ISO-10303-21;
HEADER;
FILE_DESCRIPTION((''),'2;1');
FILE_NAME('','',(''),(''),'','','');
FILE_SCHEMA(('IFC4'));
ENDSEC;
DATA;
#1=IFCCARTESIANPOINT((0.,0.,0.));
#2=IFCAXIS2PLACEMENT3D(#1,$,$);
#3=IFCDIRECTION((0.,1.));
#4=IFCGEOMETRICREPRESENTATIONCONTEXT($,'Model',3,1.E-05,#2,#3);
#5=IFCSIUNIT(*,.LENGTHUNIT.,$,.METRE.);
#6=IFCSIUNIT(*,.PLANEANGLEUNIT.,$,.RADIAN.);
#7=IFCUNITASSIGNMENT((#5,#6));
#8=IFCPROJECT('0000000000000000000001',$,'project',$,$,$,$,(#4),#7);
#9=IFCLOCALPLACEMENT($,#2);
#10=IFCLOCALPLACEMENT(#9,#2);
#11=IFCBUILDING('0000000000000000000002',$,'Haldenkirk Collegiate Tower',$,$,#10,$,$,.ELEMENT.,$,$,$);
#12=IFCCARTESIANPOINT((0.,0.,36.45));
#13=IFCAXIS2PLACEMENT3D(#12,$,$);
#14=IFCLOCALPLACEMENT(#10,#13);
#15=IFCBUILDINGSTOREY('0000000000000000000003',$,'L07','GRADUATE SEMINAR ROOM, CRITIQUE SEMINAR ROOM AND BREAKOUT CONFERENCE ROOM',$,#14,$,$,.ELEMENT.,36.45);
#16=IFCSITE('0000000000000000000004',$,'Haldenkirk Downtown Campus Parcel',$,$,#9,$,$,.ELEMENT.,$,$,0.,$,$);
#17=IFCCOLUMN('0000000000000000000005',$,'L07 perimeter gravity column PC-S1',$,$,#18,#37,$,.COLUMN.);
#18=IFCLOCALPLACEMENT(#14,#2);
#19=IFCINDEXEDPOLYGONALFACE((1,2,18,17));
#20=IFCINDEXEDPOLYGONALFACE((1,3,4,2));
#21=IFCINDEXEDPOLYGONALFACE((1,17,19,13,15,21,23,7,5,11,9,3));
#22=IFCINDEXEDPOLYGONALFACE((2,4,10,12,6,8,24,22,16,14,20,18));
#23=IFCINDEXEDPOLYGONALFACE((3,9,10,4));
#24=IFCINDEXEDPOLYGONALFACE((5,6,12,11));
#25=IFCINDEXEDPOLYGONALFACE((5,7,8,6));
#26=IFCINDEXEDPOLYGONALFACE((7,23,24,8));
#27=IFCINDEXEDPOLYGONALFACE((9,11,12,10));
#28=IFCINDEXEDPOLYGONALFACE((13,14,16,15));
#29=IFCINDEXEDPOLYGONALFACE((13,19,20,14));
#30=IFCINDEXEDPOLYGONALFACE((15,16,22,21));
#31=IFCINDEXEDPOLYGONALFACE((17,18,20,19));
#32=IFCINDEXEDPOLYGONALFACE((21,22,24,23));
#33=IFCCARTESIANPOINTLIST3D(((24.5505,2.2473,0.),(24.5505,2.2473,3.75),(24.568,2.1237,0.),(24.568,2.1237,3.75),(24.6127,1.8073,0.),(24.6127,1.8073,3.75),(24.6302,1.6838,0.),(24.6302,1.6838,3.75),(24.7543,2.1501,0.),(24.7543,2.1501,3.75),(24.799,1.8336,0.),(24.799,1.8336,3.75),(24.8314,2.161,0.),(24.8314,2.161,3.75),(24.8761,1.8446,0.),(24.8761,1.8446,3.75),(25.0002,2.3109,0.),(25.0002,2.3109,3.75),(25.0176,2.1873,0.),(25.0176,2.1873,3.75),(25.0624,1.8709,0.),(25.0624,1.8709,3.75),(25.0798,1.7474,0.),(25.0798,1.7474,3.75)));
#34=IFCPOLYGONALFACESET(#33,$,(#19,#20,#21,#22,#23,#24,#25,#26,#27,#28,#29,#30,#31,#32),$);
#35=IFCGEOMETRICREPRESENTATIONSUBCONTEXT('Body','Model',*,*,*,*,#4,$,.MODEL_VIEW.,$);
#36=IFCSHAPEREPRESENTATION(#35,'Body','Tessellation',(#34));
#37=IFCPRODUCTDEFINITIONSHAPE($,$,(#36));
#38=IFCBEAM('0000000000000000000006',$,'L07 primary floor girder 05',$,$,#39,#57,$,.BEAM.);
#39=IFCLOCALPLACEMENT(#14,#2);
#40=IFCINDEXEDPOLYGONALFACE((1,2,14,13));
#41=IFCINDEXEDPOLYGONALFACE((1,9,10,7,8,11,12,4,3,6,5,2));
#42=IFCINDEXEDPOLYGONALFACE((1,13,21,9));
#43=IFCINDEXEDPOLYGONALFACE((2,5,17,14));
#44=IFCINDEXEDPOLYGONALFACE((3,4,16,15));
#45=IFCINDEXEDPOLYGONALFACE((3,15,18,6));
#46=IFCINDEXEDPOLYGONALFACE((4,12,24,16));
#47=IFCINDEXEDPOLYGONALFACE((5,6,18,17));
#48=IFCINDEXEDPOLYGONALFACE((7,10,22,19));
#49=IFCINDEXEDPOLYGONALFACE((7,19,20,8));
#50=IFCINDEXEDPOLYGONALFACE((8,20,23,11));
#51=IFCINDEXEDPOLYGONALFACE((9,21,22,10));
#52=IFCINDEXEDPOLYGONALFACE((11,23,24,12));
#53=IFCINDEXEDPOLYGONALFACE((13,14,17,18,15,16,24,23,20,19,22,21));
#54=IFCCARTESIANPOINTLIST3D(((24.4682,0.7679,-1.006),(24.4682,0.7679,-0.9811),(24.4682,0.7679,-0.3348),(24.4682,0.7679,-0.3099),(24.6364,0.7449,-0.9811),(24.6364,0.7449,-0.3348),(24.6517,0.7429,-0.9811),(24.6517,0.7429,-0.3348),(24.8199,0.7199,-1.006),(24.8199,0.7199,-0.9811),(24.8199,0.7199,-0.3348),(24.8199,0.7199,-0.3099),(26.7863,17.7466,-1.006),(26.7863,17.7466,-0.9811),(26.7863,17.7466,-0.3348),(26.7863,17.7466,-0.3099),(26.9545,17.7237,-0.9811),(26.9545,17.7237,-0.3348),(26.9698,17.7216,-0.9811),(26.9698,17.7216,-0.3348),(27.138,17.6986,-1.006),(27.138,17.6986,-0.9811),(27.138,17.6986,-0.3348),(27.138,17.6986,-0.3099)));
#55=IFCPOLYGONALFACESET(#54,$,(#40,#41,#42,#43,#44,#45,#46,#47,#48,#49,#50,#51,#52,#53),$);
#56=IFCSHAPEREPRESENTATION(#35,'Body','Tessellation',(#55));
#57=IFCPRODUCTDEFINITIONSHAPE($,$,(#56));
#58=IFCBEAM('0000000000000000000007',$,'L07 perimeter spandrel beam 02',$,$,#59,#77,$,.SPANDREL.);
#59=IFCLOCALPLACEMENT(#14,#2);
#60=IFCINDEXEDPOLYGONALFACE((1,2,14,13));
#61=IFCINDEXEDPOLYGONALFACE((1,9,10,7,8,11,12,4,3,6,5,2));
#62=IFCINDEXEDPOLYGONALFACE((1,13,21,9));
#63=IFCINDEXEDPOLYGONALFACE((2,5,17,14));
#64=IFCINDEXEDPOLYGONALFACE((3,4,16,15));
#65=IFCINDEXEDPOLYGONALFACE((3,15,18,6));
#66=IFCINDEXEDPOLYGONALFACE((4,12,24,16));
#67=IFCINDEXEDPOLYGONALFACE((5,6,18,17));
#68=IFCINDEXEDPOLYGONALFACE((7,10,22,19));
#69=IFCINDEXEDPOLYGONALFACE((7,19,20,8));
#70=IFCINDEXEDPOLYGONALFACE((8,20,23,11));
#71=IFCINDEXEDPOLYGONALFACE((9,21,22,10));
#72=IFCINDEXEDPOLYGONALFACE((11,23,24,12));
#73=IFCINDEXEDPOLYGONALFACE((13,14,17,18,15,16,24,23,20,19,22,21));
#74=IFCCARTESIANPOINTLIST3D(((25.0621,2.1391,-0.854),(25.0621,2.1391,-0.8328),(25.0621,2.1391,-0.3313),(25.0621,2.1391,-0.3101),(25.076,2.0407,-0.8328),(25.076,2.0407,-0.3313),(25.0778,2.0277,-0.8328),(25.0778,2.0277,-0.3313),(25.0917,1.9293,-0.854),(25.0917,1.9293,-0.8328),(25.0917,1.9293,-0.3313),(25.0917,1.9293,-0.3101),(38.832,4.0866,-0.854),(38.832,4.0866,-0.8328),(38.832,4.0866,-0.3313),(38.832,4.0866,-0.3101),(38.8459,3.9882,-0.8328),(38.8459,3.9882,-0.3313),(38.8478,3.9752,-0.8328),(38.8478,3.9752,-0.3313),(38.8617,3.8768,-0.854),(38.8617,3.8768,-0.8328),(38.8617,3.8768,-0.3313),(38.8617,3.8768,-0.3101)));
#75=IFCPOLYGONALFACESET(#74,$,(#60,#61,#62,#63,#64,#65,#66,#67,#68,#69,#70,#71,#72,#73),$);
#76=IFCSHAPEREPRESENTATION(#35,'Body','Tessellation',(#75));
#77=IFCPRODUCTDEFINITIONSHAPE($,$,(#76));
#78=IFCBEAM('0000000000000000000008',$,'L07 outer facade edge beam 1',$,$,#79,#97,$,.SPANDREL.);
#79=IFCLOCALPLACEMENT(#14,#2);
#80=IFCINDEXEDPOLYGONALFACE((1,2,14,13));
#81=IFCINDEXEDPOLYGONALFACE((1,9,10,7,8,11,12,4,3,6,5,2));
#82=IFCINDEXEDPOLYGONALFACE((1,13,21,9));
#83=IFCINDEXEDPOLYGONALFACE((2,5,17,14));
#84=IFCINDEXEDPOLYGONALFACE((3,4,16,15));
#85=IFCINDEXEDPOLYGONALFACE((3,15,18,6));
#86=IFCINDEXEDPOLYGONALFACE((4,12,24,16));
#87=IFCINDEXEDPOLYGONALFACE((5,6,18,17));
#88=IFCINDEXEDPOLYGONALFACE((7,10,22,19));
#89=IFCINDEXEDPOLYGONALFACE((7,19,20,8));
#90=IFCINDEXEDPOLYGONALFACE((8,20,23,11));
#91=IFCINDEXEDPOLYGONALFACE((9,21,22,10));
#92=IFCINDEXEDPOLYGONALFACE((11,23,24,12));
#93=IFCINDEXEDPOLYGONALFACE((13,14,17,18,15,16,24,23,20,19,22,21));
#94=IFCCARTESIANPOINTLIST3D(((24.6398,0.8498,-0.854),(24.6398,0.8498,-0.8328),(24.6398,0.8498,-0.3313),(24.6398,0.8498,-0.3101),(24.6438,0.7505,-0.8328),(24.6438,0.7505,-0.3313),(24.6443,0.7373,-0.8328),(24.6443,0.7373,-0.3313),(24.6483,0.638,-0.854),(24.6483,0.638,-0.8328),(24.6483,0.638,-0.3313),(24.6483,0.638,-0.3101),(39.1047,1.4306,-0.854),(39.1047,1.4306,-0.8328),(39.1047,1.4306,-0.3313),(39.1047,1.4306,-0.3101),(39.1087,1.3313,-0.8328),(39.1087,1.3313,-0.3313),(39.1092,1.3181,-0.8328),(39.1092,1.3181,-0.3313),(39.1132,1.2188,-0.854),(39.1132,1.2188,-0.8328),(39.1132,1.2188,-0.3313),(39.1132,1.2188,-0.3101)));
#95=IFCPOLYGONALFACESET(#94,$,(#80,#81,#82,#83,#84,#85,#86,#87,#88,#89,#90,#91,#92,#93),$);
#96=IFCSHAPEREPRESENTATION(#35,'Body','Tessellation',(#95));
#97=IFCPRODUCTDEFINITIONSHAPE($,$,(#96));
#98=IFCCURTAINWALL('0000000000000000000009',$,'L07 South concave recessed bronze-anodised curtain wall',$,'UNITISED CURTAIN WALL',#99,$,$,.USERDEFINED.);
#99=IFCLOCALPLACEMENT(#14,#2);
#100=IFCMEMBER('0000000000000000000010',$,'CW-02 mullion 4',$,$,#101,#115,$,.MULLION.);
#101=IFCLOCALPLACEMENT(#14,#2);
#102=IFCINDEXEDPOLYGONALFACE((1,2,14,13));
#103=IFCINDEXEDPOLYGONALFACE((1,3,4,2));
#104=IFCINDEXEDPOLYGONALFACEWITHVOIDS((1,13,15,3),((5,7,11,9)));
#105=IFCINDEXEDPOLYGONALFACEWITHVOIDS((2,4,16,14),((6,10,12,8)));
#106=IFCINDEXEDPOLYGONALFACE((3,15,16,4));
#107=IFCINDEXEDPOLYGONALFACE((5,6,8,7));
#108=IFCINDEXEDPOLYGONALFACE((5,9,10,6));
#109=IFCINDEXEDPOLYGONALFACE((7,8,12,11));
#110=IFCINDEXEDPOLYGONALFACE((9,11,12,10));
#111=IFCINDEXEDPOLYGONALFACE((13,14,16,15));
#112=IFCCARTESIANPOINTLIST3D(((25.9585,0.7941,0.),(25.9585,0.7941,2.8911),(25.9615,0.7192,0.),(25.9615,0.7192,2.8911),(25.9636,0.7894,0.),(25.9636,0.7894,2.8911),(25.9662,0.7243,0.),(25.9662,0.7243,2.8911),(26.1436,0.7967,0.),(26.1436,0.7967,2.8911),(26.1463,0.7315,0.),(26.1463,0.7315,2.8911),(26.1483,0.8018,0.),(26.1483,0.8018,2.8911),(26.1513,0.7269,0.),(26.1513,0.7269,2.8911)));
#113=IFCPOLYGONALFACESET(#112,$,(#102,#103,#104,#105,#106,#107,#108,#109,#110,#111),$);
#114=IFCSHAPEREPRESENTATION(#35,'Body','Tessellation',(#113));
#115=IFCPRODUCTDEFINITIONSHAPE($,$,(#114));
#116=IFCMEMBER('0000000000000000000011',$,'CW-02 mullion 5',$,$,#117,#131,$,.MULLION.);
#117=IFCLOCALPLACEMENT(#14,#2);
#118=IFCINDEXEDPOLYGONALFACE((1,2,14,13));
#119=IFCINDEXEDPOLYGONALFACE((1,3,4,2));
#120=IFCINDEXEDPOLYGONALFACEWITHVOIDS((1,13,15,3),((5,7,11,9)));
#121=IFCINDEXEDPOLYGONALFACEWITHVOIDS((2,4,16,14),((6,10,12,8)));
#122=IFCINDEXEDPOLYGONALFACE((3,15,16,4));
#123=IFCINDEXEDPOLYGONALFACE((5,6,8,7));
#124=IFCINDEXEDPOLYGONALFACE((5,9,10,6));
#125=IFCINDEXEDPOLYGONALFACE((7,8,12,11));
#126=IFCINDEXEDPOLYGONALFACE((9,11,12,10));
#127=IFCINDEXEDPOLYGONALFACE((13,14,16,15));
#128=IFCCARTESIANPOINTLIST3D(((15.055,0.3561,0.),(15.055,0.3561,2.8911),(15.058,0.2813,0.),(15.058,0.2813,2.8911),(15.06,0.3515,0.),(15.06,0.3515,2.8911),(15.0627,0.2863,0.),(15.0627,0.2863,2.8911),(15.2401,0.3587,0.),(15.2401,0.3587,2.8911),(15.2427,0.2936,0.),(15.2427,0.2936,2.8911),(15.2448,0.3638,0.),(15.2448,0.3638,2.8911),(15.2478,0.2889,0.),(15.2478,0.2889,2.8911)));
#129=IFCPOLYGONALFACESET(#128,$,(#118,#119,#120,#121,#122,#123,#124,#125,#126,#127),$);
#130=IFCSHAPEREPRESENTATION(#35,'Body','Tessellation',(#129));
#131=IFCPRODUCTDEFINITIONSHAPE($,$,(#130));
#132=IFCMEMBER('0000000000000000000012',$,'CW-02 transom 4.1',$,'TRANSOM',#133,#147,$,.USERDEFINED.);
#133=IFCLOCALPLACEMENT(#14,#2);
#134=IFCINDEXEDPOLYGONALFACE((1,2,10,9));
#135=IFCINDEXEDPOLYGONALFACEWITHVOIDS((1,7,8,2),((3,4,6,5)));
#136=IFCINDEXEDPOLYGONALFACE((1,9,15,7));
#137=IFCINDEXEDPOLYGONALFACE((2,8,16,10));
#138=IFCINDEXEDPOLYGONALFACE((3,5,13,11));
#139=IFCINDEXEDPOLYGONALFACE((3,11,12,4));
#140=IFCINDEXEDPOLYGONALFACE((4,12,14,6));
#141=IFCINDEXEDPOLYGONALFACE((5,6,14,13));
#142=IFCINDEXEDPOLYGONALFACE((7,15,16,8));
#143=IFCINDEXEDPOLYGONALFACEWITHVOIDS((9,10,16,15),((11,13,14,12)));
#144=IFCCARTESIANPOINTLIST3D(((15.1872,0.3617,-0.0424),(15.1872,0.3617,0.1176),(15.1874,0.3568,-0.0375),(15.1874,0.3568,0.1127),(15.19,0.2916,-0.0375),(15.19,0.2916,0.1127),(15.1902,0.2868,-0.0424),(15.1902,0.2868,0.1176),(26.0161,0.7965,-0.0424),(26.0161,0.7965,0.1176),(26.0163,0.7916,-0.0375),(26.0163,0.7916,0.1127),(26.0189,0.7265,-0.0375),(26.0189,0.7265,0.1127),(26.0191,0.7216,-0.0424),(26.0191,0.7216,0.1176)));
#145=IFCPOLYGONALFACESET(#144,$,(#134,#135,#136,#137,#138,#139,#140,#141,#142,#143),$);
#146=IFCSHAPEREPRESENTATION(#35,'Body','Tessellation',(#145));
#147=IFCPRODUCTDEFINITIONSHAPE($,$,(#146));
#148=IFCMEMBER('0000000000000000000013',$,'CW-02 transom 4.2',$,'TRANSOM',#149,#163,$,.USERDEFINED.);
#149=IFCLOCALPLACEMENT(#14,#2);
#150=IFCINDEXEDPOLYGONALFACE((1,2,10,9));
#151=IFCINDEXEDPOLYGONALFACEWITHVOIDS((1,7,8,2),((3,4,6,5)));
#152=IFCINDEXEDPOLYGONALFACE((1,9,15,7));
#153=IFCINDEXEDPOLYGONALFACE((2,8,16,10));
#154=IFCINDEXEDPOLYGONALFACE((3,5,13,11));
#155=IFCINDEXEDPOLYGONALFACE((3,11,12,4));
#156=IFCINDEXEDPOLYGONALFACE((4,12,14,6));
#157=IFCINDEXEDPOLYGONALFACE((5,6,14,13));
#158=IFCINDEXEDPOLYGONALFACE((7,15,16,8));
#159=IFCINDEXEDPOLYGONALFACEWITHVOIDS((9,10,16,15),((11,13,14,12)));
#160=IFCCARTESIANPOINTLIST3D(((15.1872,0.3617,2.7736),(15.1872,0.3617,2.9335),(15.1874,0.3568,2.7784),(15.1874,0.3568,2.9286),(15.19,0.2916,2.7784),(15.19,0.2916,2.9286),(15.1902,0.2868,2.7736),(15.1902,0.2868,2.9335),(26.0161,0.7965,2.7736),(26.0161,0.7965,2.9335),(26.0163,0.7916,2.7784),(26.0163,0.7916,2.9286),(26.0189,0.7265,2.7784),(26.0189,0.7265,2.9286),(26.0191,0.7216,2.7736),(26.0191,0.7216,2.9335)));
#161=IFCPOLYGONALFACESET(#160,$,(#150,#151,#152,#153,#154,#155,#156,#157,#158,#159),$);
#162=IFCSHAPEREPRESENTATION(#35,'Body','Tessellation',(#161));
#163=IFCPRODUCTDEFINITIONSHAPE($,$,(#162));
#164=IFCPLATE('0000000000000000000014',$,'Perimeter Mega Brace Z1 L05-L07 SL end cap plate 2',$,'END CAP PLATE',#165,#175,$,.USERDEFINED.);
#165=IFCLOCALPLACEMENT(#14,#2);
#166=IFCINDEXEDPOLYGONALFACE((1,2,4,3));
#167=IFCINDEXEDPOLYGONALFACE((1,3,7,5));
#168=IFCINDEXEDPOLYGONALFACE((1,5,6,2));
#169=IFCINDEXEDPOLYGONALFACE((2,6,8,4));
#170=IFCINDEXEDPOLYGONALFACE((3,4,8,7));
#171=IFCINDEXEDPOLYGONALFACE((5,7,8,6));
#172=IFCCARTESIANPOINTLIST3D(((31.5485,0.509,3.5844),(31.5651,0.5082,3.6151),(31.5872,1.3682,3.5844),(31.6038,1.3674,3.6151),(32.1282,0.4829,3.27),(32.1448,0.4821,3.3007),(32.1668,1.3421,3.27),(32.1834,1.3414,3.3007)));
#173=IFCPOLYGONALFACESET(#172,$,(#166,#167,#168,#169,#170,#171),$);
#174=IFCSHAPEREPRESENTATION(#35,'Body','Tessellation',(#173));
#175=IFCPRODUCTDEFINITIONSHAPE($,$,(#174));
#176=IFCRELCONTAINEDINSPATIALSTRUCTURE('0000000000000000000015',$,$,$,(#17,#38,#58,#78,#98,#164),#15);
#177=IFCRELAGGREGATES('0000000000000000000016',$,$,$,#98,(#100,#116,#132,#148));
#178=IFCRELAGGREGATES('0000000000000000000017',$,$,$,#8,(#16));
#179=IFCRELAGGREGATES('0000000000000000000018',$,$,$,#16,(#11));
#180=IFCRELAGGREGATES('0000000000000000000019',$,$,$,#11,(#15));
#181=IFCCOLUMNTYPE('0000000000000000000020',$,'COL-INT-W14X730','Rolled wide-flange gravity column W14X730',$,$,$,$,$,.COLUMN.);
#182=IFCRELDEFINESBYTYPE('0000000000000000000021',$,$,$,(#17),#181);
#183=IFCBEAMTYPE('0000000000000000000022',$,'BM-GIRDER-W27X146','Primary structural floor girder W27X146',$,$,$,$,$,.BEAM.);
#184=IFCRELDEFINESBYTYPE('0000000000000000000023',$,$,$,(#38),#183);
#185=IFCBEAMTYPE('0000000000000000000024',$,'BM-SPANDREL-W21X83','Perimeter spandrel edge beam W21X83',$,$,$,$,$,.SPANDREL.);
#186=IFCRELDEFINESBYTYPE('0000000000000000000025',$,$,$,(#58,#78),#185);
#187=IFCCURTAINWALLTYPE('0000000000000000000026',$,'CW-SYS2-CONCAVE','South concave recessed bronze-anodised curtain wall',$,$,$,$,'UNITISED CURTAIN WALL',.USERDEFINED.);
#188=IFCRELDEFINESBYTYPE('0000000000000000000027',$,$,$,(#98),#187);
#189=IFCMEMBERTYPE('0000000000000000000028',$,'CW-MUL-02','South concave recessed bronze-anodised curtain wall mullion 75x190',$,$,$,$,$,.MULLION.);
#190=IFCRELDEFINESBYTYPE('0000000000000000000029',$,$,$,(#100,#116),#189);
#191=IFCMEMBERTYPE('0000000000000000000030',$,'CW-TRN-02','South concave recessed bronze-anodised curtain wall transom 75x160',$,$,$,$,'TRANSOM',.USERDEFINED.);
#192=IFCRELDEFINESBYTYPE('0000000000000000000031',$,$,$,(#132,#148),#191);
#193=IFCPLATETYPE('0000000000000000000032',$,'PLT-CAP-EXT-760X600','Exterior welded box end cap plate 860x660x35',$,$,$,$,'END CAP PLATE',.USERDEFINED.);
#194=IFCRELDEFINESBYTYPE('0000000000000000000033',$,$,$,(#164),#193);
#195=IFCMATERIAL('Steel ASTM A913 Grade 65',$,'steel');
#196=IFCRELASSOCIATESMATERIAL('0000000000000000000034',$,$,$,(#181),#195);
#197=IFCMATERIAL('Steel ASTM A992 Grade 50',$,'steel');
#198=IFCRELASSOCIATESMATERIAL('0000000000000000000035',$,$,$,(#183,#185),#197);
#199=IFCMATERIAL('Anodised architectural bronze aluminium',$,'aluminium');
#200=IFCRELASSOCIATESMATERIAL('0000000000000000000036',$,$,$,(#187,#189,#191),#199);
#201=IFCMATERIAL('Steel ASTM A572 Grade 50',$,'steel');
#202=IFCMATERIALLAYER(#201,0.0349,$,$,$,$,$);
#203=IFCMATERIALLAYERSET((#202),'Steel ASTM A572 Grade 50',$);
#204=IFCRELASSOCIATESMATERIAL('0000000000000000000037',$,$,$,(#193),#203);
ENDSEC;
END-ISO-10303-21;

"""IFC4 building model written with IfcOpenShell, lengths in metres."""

from ifc_helpers import new_model, si_unit, direction, frame, origin, origin_2d, place, context, subcontext, project, spatial, rectangle, hollow_rectangle, i_section, extrude, source, transform, mapped, material, layer, layer_set, material_profile, profile_set, type_object, element, aggregate, save


model = new_model("IFC4")

# Units and contexts
model_context = context("Model", 3, precision=1e-05, world=origin(), true_north=direction((0.0, 1.0)))
body_context = subcontext(model_context, "Body", "Model", "MODEL_VIEW")
ifc_project = project(units=[si_unit("LENGTHUNIT", "METRE"), si_unit("PLANEANGLEUNIT", "RADIAN")], contexts=[model_context])

# Site, building, storey
site_placement = place(None, origin())
site = spatial("IfcSite", under=ifc_project, at=site_placement, Name="Haldenkirk Downtown Campus Parcel", CompositionType="ELEMENT", RefElevation=0.0)
building_placement = place(site_placement, origin())
building = spatial("IfcBuilding", under=site, at=building_placement, Name="Haldenkirk Collegiate Tower", CompositionType="ELEMENT")
storey_placement = place(building_placement, frame((0.0, 0.0, 36.45)))
storey = spatial("IfcBuildingStorey", under=building, at=storey_placement, Name="L07", Description="GRADUATE SEMINAR ROOM, CRITIQUE SEMINAR ROOM AND BREAKOUT CONFERENCE ROOM", CompositionType="ELEMENT", Elevation=36.45)

# Column
ifc_material_1 = material(Name="Steel ASTM A913 Grade 65", Category="steel")
ifc_material_profile_1 = material_profile(ifc_material_1, i_section(OverallWidth=0.4541, OverallDepth=0.5691, WebThickness=0.0779, FlangeThickness=0.1248, at=origin_2d()), Name="W14X730")
ifc_profile_set_1 = profile_set([ifc_material_profile_1], Name="Steel ASTM A913 Grade 65")
column_type = type_object("IfcColumnType", Name="COL-INT-W14X730", Description="Rolled wide-flange gravity column W14X730", PredefinedType="COLUMN", material=ifc_profile_set_1)
column_placement = place(storey_placement, frame((24.8152, 1.9973, 0.0), z_axis=(0.0, 0.0, 1.0), x_axis=(0.990146, 0.140037, 0.0)))
element("IfcColumn", 1, at=column_placement, inside=storey, type_object=column_type, Name="L07 perimeter gravity column PC-S1", PredefinedType="COLUMN", context=body_context, shape_type="SweptSolid", body=[
    extrude(i_section(OverallWidth=0.4541, OverallDepth=0.5691, WebThickness=0.0779, FlangeThickness=0.1248, at=origin_2d()), origin(), (0.0, 0.0, 1.0), 3.75),
])

# Beams
ifc_material_2 = material(Name="Steel ASTM A992 Grade 50", Category="steel")
ifc_material_profile_2 = material_profile(ifc_material_2, i_section(OverallWidth=0.355, OverallDepth=0.696, WebThickness=0.0154, FlangeThickness=0.0249, at=origin_2d()), Name="W27X146")
ifc_profile_set_2 = profile_set([ifc_material_profile_2], Name="Steel ASTM A992 Grade 50")
beam_type_1 = type_object("IfcBeamType", Name="BM-GIRDER-W27X146", Description="Primary structural floor girder W27X146", PredefinedType="BEAM", material=ifc_profile_set_2)
beam_1_placement = place(storey_placement, frame((24.644, 0.7439, -0.658), z_axis=(0.135275, 0.990808, 0.0), x_axis=(-0.990808, 0.135275, 0.0)))
element("IfcBeam", 2, at=beam_1_placement, inside=storey, type_object=beam_type_1, Name="L07 primary floor girder 05", PredefinedType="BEAM", context=body_context, shape_type="SweptSolid", body=[
    extrude(i_section(OverallWidth=0.355, OverallDepth=0.696, WebThickness=0.0154, FlangeThickness=0.0249, at=origin_2d()), origin(), (0.0, 0.0, 1.0), 17.1362),
])
ifc_material_profile_3 = material_profile(ifc_material_2, i_section(OverallWidth=0.2119, OverallDepth=0.5439, WebThickness=0.0132, FlangeThickness=0.0212, at=origin_2d()), Name="W21X83")
ifc_profile_set_3 = profile_set([ifc_material_profile_3], Name="Steel ASTM A992 Grade 50")
beam_type_2 = type_object("IfcBeamType", Name="BM-SPANDREL-W21X83", Description="Perimeter spandrel edge beam W21X83", PredefinedType="SPANDREL", material=ifc_profile_set_3)
beam_2_placement = place(storey_placement, frame((25.0769, 2.0342, -0.582), z_axis=(0.990146, 0.140038, 0.0), x_axis=(-0.140038, 0.990146, 0.0)))
element("IfcBeam", 3, at=beam_2_placement, inside=storey, type_object=beam_type_2, Name="L07 perimeter spandrel beam 02", PredefinedType="SPANDREL", context=body_context, shape_type="SweptSolid", body=[
    extrude(i_section(OverallWidth=0.2119, OverallDepth=0.5439, WebThickness=0.0132, FlangeThickness=0.0212, at=origin_2d()), origin(), (0.0, 0.0, 1.0), 13.907),
])
beam_3_placement = place(storey_placement, frame((24.644, 0.7439, -0.582), z_axis=(0.999195, 0.040121, 0.0), x_axis=(-0.040121, 0.999195, 0.0)))
element("IfcBeam", 4, at=beam_3_placement, inside=storey, type_object=beam_type_2, Name="L07 outer facade edge beam 1", PredefinedType="SPANDREL", context=body_context, shape_type="SweptSolid", body=[
    extrude(i_section(OverallWidth=0.2119, OverallDepth=0.5439, WebThickness=0.0132, FlangeThickness=0.0212, at=origin_2d()), origin(), (0.0, 0.0, 1.0), 14.4766),
])

# Curtain wall, members
ifc_material_3 = material(Name="Anodised architectural bronze aluminium", Category="aluminium")
curtain_wall_type = type_object("IfcCurtainWallType", Name="CW-SYS2-CONCAVE", Description="South concave recessed bronze-anodised curtain wall", ElementType="UNITISED CURTAIN WALL", PredefinedType="USERDEFINED", material=ifc_material_3)
curtain_wall_placement = place(storey_placement, origin())
curtain_wall = element("IfcCurtainWall", 5, at=curtain_wall_placement, inside=storey, type_object=curtain_wall_type, Name="L07 South concave recessed bronze-anodised curtain wall", ObjectType="UNITISED CURTAIN WALL", PredefinedType="USERDEFINED")
ifc_material_profile_4 = material_profile(ifc_material_3, hollow_rectangle(XDim=0.075, YDim=0.1899, WallThickness=0.0049, at=origin_2d()), Name="CW-MUL-02")
ifc_profile_set_4 = profile_set([ifc_material_profile_4], Name="Anodised architectural bronze aluminium")
member_type_1 = type_object("IfcMemberType", Name="CW-MUL-02", Description="South concave recessed bronze-anodised curtain wall mullion 75x190", PredefinedType="MULLION", material=ifc_profile_set_4)
member_1_placement = place(storey_placement, frame((26.0549, 0.7605, 0.0), z_axis=(0.0, 0.0, 1.0), x_axis=(0.040133, -0.999194, 0.0)))
member_1 = element("IfcMember", 6, at=member_1_placement, type_object=member_type_1, Name="CW-02 mullion 4", PredefinedType="MULLION", context=body_context, shape_type="SweptSolid", body=[
    extrude(hollow_rectangle(XDim=0.075, YDim=0.1899, WallThickness=0.0049, at=origin_2d()), origin(), (0.0, 0.0, 1.0), 2.8911),
])
member_2_placement = place(storey_placement, frame((15.1514, 0.3225, 0.0), z_axis=(0.0, 0.0, 1.0), x_axis=(0.040133, -0.999194, 0.0)))
member_2 = element("IfcMember", 7, at=member_2_placement, type_object=member_type_1, Name="CW-02 mullion 5", PredefinedType="MULLION", context=body_context, shape_type="SweptSolid", body=[
    extrude(hollow_rectangle(XDim=0.075, YDim=0.1899, WallThickness=0.0049, at=origin_2d()), origin(), (0.0, 0.0, 1.0), 2.8911),
])
ifc_material_profile_5 = material_profile(ifc_material_3, hollow_rectangle(XDim=0.075, YDim=0.1599, WallThickness=0.0049, at=origin_2d()), Name="CW-TRN-02")
ifc_profile_set_5 = profile_set([ifc_material_profile_5], Name="Anodised architectural bronze aluminium")
member_type_2 = type_object("IfcMemberType", Name="CW-TRN-02", Description="South concave recessed bronze-anodised curtain wall transom 75x160", ElementType="TRANSOM", PredefinedType="USERDEFINED", material=ifc_profile_set_5)
member_3_placement = place(storey_placement, frame((26.0176, 0.759, 0.0376), z_axis=(-0.999195, -0.040121, 0.0), x_axis=(0.040121, -0.999195, 0.0)))
member_3 = element("IfcMember", 8, at=member_3_placement, type_object=member_type_2, Name="CW-02 transom 4.1", ObjectType="TRANSOM", PredefinedType="USERDEFINED", context=body_context, shape_type="SweptSolid", body=[
    extrude(hollow_rectangle(XDim=0.075, YDim=0.1599, WallThickness=0.0049, at=origin_2d()), origin(), (0.0, 0.0, 1.0), 10.8376),
])
member_4_placement = place(storey_placement, frame((26.0176, 0.759, 2.8535), z_axis=(-0.999195, -0.040121, 0.0), x_axis=(0.040121, -0.999195, 0.0)))
member_4 = element("IfcMember", 9, at=member_4_placement, type_object=member_type_2, Name="CW-02 transom 4.2", ObjectType="TRANSOM", PredefinedType="USERDEFINED", context=body_context, shape_type="SweptSolid", body=[
    extrude(hollow_rectangle(XDim=0.075, YDim=0.1599, WallThickness=0.0049, at=origin_2d()), origin(), (0.0, 0.0, 1.0), 10.8376),
])

# Plate
ifc_material_4 = material(Name="Steel ASTM A572 Grade 50", Category="steel")
ifc_layer_1 = layer(ifc_material_4, 0.0349)
ifc_layer_set_1 = layer_set([ifc_layer_1], Name="Steel ASTM A572 Grade 50")
plate_type_1 = type_object("IfcPlateType", Name="PLT-CAP-EXT-760X600", Description="Exterior welded box end cap plate 860x660x35", ElementType="END CAP PLATE", PredefinedType="USERDEFINED", material=ifc_layer_set_1)
shared_shape_1 = source(origin(), body_context, "Body", "SweptSolid", [
    extrude(rectangle(XDim=0.8601, YDim=0.6599, at=origin_2d()), origin(), (0.0, 0.0, 1.0), 0.0349),
])
plate_1_placement = place(storey_placement, frame((31.8577, 0.9255, 3.4272), z_axis=(0.47594, -0.021406, 0.879217), x_axis=(0.044932, 0.99899, 0.0)))
element("IfcPlate", 10, at=plate_1_placement, inside=storey, type_object=plate_type_1, Name="Perimeter Mega Brace Z1 L05-L07 SL end cap plate 2", ObjectType="END CAP PLATE", PredefinedType="USERDEFINED", context=body_context, shape_type="MappedRepresentation", body=[
    mapped(shared_shape_1, transform((0.0, 0.0, 0.0), x_axis=(1.0, 0.0, 0.0), y_axis=(0.0, 1.0, 0.0), z_axis=(0.0, 0.0, 1.0), scale=1.0)),
])
aggregate(curtain_wall, [member_1, member_2, member_3, member_4])

save(model, "model.ifc")
